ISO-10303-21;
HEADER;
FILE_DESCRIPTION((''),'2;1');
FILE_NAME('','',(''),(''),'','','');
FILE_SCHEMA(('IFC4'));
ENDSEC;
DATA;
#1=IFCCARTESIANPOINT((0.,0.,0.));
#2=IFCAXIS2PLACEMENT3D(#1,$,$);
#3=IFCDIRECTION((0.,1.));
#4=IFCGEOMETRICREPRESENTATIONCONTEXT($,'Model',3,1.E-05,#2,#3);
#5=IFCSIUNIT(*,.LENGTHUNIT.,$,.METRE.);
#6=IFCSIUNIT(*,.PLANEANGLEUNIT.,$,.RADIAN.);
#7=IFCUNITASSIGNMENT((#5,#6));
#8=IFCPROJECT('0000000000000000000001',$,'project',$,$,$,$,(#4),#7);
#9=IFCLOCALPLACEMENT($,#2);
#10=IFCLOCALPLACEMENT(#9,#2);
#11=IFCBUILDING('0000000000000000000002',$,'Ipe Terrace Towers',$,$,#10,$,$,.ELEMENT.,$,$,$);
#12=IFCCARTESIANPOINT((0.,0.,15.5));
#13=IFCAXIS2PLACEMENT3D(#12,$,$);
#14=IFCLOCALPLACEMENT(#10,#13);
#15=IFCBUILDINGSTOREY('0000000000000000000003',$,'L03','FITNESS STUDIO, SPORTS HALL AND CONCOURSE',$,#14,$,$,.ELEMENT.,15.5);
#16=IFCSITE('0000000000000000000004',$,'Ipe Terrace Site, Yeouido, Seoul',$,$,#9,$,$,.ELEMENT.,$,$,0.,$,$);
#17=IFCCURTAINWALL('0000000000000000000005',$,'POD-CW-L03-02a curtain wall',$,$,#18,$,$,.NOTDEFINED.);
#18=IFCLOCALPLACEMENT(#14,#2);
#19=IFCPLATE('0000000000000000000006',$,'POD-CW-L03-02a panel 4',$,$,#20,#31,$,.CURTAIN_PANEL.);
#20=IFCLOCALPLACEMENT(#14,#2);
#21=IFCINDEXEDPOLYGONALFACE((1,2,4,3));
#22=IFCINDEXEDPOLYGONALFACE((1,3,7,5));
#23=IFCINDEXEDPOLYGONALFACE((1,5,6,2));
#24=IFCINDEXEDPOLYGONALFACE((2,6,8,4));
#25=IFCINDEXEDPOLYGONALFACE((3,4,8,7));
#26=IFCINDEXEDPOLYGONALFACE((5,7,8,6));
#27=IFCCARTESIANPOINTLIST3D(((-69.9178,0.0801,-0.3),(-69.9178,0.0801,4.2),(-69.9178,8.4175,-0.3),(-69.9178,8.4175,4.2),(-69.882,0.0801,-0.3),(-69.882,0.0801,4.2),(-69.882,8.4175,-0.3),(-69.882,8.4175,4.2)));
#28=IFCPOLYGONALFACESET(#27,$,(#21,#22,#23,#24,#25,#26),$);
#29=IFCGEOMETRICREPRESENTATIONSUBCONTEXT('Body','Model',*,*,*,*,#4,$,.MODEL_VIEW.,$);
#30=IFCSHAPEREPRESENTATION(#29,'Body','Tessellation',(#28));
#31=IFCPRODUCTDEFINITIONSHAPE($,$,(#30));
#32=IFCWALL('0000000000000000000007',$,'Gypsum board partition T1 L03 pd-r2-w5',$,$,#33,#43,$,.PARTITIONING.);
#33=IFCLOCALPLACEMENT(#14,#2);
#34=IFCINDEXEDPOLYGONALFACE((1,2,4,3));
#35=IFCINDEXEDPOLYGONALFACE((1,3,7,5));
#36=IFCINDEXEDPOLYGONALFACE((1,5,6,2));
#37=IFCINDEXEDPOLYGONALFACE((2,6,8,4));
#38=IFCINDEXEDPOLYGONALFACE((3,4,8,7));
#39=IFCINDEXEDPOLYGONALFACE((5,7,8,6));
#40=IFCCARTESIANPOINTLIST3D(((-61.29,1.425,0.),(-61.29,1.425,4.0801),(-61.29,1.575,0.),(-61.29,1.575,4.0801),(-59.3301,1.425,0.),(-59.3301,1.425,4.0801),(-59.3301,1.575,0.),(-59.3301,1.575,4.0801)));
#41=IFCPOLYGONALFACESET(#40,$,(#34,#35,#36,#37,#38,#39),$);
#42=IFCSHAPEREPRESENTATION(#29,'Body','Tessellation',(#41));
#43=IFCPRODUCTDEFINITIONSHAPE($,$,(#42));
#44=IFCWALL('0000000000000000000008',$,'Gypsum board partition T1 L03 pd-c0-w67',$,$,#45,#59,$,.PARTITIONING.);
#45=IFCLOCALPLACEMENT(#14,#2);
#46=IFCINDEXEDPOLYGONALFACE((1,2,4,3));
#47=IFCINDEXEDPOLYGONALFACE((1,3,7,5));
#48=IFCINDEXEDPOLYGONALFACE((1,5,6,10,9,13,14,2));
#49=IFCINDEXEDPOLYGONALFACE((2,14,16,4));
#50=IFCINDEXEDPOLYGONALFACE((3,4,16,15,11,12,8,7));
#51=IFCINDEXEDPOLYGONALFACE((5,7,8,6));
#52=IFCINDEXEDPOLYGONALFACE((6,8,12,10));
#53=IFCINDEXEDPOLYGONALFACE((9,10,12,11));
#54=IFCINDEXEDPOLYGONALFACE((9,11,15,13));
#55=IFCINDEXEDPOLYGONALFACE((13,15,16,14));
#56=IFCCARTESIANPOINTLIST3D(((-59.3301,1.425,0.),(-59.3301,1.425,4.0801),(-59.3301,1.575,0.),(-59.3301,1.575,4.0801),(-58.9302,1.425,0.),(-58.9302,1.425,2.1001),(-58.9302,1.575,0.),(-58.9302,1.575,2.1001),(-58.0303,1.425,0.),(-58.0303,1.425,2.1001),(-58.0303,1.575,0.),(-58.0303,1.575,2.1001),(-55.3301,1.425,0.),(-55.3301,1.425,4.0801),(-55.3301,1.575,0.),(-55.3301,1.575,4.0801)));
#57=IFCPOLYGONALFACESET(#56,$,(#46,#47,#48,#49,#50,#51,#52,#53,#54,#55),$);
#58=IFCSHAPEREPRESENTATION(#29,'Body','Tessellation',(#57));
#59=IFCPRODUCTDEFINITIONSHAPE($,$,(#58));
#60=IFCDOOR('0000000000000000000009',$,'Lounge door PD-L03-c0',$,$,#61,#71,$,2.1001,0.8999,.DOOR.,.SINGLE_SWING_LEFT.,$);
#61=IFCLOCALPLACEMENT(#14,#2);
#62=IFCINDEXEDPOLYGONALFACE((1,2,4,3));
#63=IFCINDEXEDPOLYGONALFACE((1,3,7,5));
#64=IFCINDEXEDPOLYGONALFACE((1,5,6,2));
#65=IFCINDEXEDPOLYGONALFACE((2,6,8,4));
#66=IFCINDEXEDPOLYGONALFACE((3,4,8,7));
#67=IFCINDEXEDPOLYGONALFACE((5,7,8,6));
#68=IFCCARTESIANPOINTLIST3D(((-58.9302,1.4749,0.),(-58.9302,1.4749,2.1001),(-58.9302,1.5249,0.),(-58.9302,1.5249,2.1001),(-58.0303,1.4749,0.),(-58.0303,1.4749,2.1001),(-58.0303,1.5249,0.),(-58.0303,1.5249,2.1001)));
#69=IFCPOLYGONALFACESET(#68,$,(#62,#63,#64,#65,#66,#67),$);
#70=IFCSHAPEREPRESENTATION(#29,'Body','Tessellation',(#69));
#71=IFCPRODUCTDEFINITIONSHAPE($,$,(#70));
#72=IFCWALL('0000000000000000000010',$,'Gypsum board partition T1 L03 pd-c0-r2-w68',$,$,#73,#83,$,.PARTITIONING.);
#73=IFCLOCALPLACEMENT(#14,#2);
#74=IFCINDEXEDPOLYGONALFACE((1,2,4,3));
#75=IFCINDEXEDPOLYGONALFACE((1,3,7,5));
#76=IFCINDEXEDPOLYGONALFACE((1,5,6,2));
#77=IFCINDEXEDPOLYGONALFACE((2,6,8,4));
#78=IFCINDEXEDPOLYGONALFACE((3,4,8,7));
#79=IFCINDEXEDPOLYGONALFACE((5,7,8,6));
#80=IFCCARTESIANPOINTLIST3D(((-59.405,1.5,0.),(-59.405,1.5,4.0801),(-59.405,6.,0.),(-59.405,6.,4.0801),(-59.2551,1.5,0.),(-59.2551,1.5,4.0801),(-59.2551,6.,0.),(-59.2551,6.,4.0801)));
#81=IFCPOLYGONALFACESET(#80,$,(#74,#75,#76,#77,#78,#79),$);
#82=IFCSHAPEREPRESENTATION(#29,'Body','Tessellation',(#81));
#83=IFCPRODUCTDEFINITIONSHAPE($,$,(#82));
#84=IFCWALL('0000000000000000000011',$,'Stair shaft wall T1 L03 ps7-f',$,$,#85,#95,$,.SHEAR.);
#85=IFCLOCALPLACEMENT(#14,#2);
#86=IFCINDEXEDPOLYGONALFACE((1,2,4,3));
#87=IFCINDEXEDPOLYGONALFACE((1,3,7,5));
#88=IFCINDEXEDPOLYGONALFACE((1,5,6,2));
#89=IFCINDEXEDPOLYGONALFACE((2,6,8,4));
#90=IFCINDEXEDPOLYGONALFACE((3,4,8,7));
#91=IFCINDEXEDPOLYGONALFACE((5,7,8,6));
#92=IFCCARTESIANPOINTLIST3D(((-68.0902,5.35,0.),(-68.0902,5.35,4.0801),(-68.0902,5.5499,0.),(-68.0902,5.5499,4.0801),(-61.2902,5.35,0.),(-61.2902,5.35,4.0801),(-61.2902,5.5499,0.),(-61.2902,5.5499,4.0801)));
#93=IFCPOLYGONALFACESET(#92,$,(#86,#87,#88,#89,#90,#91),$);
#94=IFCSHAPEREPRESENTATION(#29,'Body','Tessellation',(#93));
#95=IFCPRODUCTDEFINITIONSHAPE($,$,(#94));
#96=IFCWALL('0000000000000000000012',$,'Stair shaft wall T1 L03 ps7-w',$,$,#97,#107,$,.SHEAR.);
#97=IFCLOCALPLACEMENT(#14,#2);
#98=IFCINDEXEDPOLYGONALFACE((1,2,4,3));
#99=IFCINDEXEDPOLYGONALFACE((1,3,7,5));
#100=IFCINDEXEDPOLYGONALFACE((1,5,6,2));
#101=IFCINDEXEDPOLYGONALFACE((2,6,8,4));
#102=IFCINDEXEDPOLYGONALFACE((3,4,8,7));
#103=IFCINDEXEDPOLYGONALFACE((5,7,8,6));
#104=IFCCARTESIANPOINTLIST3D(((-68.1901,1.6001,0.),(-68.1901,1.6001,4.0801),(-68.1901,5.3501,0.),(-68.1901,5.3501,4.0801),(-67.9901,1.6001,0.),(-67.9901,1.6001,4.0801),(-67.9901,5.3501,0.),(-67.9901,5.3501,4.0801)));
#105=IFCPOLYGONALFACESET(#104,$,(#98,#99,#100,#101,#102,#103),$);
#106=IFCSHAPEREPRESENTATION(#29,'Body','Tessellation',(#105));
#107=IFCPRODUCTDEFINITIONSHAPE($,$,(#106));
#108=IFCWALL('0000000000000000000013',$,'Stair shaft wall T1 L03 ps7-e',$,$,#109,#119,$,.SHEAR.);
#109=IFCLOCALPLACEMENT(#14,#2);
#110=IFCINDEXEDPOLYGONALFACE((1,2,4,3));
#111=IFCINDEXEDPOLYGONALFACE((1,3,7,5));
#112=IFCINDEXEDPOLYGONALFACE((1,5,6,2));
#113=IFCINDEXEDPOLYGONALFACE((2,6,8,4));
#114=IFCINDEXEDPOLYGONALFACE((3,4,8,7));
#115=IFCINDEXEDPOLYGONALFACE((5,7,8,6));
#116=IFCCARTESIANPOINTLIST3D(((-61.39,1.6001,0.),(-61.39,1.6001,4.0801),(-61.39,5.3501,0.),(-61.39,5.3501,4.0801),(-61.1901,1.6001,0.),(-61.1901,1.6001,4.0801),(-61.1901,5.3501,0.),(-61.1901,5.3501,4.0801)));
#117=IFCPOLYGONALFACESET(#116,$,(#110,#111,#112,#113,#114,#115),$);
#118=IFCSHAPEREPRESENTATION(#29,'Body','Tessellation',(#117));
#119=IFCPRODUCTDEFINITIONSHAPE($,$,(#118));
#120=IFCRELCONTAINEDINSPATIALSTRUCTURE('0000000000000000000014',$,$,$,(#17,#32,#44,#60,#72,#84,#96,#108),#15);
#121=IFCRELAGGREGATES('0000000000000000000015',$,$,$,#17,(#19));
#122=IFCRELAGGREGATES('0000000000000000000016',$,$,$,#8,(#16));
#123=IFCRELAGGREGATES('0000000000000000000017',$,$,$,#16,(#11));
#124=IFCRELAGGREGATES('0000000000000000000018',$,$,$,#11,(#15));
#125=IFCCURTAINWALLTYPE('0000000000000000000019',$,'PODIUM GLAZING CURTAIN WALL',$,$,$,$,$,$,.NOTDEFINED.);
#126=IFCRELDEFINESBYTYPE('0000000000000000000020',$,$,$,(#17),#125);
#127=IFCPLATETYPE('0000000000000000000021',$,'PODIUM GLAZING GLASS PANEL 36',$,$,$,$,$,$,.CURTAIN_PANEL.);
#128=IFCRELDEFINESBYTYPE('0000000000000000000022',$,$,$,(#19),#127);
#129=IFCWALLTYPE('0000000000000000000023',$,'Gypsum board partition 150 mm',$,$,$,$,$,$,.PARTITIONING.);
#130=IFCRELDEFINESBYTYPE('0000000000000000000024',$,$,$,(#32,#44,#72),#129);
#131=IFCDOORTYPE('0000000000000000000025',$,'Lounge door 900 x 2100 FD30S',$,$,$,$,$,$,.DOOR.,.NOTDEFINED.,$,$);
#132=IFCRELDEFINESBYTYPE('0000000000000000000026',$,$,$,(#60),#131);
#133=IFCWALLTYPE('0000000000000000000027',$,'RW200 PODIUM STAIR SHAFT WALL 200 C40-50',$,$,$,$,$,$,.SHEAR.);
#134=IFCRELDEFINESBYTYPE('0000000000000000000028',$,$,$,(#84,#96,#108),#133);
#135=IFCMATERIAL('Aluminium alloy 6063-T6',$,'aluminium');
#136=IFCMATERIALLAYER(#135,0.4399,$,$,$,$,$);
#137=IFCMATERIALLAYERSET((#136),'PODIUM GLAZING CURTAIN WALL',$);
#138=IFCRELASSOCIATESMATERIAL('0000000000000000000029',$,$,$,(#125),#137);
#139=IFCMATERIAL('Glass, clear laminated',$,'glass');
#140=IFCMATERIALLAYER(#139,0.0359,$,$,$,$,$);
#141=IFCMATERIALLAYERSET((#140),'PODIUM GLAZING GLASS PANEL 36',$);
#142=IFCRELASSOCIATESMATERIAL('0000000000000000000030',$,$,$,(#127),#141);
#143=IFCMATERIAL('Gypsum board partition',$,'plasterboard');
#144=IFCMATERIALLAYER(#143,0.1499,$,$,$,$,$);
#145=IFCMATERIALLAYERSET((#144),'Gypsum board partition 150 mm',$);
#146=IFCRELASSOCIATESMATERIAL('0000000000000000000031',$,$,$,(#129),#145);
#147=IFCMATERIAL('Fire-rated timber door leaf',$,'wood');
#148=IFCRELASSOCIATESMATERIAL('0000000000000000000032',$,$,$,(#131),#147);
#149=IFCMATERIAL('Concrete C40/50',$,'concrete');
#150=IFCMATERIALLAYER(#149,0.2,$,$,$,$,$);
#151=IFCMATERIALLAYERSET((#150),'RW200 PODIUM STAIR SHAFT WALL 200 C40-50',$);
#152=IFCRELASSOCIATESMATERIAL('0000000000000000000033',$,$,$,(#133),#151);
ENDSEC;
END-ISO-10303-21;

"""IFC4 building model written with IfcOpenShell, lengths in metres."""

from ifc_helpers import new_model, si_unit, direction, frame, frame_2d, origin, origin_2d, place, context, subcontext, project, spatial, rectangle, extrude, material, layer, layer_set, type_object, element, fill, aggregate, save


model = new_model("IFC4")

# Units and contexts
model_context = context("Model", 3, precision=1e-05, world=origin(), true_north=direction((0.0, 1.0)))
body_context = subcontext(model_context, "Body", "Model", "MODEL_VIEW")
ifc_project = project(units=[si_unit("LENGTHUNIT", "METRE"), si_unit("PLANEANGLEUNIT", "RADIAN")], contexts=[model_context])

# Site, building, storey
site_placement = place(None, origin())
site = spatial("IfcSite", under=ifc_project, at=site_placement, Name="Ipe Terrace Site, Yeouido, Seoul", CompositionType="ELEMENT", RefElevation=0.0)
building_placement = place(site_placement, origin())
building = spatial("IfcBuilding", under=site, at=building_placement, Name="Ipe Terrace Towers", CompositionType="ELEMENT")
storey_placement = place(building_placement, frame((0.0, 0.0, 15.5)))
storey = spatial("IfcBuildingStorey", under=building, at=storey_placement, Name="L03", Description="FITNESS STUDIO, SPORTS HALL AND CONCOURSE", CompositionType="ELEMENT", Elevation=15.5)

# Curtain wall, plate
ifc_material_1 = material(Name="Aluminium alloy 6063-T6", Category="aluminium")
ifc_layer_1 = layer(ifc_material_1, 0.4399)
ifc_layer_set_1 = layer_set([ifc_layer_1], Name="PODIUM GLAZING CURTAIN WALL")
curtain_wall_type = type_object("IfcCurtainWallType", Name="PODIUM GLAZING CURTAIN WALL", PredefinedType="NOTDEFINED", material=ifc_layer_set_1)
curtain_wall_placement = place(storey_placement, origin())
curtain_wall = element("IfcCurtainWall", 1, at=curtain_wall_placement, inside=storey, type_object=curtain_wall_type, Name="POD-CW-L03-02a curtain wall", PredefinedType="NOTDEFINED")
ifc_material_2 = material(Name="Glass, clear laminated", Category="glass")
ifc_layer_2 = layer(ifc_material_2, 0.0359)
ifc_layer_set_2 = layer_set([ifc_layer_2], Name="PODIUM GLAZING GLASS PANEL 36")
plate_type = type_object("IfcPlateType", Name="PODIUM GLAZING GLASS PANEL 36", PredefinedType="CURTAIN_PANEL", material=ifc_layer_set_2)
plate_1_placement = place(storey_placement, frame((-69.8999, 4.2488, -0.3), z_axis=(0.0, 0.0, 1.0), x_axis=(0.0, -1.0, 0.0)))
plate_1 = element("IfcPlate", 2, at=plate_1_placement, type_object=plate_type, Name="POD-CW-L03-02a panel 4", PredefinedType="CURTAIN_PANEL", context=body_context, shape_type="SweptSolid", body=[
    extrude(rectangle(XDim=8.3374, YDim=0.0359, at=origin_2d()), origin(), (0.0, 0.0, 1.0), 4.5),
])
aggregate(curtain_wall, [plate_1])

# Wall
ifc_material_3 = material(Name="Gypsum board partition", Category="plasterboard")
ifc_layer_3 = layer(ifc_material_3, 0.1499)
ifc_layer_set_3 = layer_set([ifc_layer_3], Name="Gypsum board partition 150 mm")
wall_type_1 = type_object("IfcWallType", Name="Gypsum board partition 150 mm", PredefinedType="PARTITIONING", material=ifc_layer_set_3)
wall_1_placement = place(storey_placement, frame((-59.3301, 1.5, 0.0), z_axis=(0.0, 0.0, 1.0), x_axis=(-1.0, 0.0, 0.0)))
element("IfcWall", 3, at=wall_1_placement, inside=storey, type_object=wall_type_1, Name="Gypsum board partition T1 L03 pd-r2-w5", PredefinedType="PARTITIONING", context=body_context, shape_type="SweptSolid", body=[
    extrude(rectangle(XDim=1.96, YDim=0.1499, at=frame_2d((0.98, 0.0))), origin(), (0.0, 0.0, 1.0), 4.0801),
])

# Wall, opening, door
wall_2_placement = place(storey_placement, frame((-59.3301, 1.5, 0.0), z_axis=(0.0, 0.0, 1.0), x_axis=(1.0, 0.0, 0.0)))
wall_2 = element("IfcWall", 4, at=wall_2_placement, inside=storey, type_object=wall_type_1, Name="Gypsum board partition T1 L03 pd-c0-w67", PredefinedType="PARTITIONING", context=body_context, shape_type="SweptSolid", body=[
    extrude(rectangle(XDim=4.0, YDim=0.1499, at=frame_2d((2.0, 0.0))), origin(), (0.0, 0.0, 1.0), 4.0801),
])
opening_placement = place(wall_2_placement, frame((0.3999, 0.0, 0.0)))
opening = element("IfcOpeningElement", 5, at=opening_placement, cuts=wall_2, PredefinedType="OPENING", context=body_context, shape_type="SweptSolid", body=[
    extrude(rectangle(XDim=0.8999, YDim=2.1001, at=frame_2d((0.45, 1.05))), frame((0.0, 0.085, 0.0), z_axis=(0.0, -1.0, 0.0), x_axis=(1.0, 0.0, 0.0)), (0.0, 0.0, 1.0), 0.1699),
])
ifc_material_4 = material(Name="Fire-rated timber door leaf", Category="wood")
door_type = type_object("IfcDoorType", Name="Lounge door 900 x 2100 FD30S", OperationType="NOTDEFINED", PredefinedType="DOOR", material=ifc_material_4)
door_placement = place(opening_placement, origin())
door = element("IfcDoor", 6, at=door_placement, inside=storey, type_object=door_type, Name="Lounge door PD-L03-c0", OperationType="SINGLE_SWING_LEFT", OverallHeight=2.1001, OverallWidth=0.8999, PredefinedType="DOOR", context=body_context, shape_type="SweptSolid", body=[
    extrude(rectangle(XDim=0.8999, YDim=2.1001, at=frame_2d((0.45, 1.05))), frame((0.0, 0.0249, 0.0), z_axis=(0.0, -1.0, 0.0), x_axis=(1.0, 0.0, 0.0)), (0.0, 0.0, 1.0), 0.05),
])
fill(opening, door)

# Walls
wall_3_placement = place(storey_placement, frame((-59.3301, 6.0, 0.0), z_axis=(0.0, 0.0, 1.0), x_axis=(0.0, -1.0, 0.0)))
element("IfcWall", 7, at=wall_3_placement, inside=storey, type_object=wall_type_1, Name="Gypsum board partition T1 L03 pd-c0-r2-w68", PredefinedType="PARTITIONING", context=body_context, shape_type="SweptSolid", body=[
    extrude(rectangle(XDim=4.5, YDim=0.1499, at=frame_2d((2.25, 0.0))), origin(), (0.0, 0.0, 1.0), 4.0801),
])
ifc_material_5 = material(Name="Concrete C40/50", Category="concrete")
ifc_layer_4 = layer(ifc_material_5, 0.2)
ifc_layer_set_4 = layer_set([ifc_layer_4], Name="RW200 PODIUM STAIR SHAFT WALL 200 C40-50")
wall_type_2 = type_object("IfcWallType", Name="RW200 PODIUM STAIR SHAFT WALL 200 C40-50", PredefinedType="SHEAR", material=ifc_layer_set_4)
wall_4_placement = place(storey_placement, frame((-68.0901, 5.45, 0.0), z_axis=(0.0, 0.0, 1.0), x_axis=(1.0, 0.0, 0.0)))
element("IfcWall", 8, at=wall_4_placement, inside=storey, type_object=wall_type_2, Name="Stair shaft wall T1 L03 ps7-f", PredefinedType="SHEAR", context=body_context, shape_type="SweptSolid", body=[
    extrude(rectangle(XDim=6.8, YDim=0.2, at=frame_2d((3.3999, 0.0))), origin(), (0.0, 0.0, 1.0), 4.0801),
])
for number, where, z_axis, x_axis, name in (
    (9, (-68.0901, 1.6001, 0.0), (0.0, 0.0, 1.0), (0.0, 1.0, 0.0), "Stair shaft wall T1 L03 ps7-w"),
    (10, (-61.29, 1.6001, 0.0), (0.0, 0.0, 1.0), (0.0, 1.0, 0.0), "Stair shaft wall T1 L03 ps7-e"),
):
    element("IfcWall", number, at=place(storey_placement, frame(where, z_axis=z_axis, x_axis=x_axis)), inside=storey, type_object=wall_type_2, Name=name, PredefinedType="SHEAR", context=body_context, shape_type="SweptSolid", body=[
        extrude(rectangle(XDim=3.75, YDim=0.2, at=frame_2d((1.875, 0.0))), origin(), (0.0, 0.0, 1.0), 4.0801),
    ])

save(model, "model.ifc")
